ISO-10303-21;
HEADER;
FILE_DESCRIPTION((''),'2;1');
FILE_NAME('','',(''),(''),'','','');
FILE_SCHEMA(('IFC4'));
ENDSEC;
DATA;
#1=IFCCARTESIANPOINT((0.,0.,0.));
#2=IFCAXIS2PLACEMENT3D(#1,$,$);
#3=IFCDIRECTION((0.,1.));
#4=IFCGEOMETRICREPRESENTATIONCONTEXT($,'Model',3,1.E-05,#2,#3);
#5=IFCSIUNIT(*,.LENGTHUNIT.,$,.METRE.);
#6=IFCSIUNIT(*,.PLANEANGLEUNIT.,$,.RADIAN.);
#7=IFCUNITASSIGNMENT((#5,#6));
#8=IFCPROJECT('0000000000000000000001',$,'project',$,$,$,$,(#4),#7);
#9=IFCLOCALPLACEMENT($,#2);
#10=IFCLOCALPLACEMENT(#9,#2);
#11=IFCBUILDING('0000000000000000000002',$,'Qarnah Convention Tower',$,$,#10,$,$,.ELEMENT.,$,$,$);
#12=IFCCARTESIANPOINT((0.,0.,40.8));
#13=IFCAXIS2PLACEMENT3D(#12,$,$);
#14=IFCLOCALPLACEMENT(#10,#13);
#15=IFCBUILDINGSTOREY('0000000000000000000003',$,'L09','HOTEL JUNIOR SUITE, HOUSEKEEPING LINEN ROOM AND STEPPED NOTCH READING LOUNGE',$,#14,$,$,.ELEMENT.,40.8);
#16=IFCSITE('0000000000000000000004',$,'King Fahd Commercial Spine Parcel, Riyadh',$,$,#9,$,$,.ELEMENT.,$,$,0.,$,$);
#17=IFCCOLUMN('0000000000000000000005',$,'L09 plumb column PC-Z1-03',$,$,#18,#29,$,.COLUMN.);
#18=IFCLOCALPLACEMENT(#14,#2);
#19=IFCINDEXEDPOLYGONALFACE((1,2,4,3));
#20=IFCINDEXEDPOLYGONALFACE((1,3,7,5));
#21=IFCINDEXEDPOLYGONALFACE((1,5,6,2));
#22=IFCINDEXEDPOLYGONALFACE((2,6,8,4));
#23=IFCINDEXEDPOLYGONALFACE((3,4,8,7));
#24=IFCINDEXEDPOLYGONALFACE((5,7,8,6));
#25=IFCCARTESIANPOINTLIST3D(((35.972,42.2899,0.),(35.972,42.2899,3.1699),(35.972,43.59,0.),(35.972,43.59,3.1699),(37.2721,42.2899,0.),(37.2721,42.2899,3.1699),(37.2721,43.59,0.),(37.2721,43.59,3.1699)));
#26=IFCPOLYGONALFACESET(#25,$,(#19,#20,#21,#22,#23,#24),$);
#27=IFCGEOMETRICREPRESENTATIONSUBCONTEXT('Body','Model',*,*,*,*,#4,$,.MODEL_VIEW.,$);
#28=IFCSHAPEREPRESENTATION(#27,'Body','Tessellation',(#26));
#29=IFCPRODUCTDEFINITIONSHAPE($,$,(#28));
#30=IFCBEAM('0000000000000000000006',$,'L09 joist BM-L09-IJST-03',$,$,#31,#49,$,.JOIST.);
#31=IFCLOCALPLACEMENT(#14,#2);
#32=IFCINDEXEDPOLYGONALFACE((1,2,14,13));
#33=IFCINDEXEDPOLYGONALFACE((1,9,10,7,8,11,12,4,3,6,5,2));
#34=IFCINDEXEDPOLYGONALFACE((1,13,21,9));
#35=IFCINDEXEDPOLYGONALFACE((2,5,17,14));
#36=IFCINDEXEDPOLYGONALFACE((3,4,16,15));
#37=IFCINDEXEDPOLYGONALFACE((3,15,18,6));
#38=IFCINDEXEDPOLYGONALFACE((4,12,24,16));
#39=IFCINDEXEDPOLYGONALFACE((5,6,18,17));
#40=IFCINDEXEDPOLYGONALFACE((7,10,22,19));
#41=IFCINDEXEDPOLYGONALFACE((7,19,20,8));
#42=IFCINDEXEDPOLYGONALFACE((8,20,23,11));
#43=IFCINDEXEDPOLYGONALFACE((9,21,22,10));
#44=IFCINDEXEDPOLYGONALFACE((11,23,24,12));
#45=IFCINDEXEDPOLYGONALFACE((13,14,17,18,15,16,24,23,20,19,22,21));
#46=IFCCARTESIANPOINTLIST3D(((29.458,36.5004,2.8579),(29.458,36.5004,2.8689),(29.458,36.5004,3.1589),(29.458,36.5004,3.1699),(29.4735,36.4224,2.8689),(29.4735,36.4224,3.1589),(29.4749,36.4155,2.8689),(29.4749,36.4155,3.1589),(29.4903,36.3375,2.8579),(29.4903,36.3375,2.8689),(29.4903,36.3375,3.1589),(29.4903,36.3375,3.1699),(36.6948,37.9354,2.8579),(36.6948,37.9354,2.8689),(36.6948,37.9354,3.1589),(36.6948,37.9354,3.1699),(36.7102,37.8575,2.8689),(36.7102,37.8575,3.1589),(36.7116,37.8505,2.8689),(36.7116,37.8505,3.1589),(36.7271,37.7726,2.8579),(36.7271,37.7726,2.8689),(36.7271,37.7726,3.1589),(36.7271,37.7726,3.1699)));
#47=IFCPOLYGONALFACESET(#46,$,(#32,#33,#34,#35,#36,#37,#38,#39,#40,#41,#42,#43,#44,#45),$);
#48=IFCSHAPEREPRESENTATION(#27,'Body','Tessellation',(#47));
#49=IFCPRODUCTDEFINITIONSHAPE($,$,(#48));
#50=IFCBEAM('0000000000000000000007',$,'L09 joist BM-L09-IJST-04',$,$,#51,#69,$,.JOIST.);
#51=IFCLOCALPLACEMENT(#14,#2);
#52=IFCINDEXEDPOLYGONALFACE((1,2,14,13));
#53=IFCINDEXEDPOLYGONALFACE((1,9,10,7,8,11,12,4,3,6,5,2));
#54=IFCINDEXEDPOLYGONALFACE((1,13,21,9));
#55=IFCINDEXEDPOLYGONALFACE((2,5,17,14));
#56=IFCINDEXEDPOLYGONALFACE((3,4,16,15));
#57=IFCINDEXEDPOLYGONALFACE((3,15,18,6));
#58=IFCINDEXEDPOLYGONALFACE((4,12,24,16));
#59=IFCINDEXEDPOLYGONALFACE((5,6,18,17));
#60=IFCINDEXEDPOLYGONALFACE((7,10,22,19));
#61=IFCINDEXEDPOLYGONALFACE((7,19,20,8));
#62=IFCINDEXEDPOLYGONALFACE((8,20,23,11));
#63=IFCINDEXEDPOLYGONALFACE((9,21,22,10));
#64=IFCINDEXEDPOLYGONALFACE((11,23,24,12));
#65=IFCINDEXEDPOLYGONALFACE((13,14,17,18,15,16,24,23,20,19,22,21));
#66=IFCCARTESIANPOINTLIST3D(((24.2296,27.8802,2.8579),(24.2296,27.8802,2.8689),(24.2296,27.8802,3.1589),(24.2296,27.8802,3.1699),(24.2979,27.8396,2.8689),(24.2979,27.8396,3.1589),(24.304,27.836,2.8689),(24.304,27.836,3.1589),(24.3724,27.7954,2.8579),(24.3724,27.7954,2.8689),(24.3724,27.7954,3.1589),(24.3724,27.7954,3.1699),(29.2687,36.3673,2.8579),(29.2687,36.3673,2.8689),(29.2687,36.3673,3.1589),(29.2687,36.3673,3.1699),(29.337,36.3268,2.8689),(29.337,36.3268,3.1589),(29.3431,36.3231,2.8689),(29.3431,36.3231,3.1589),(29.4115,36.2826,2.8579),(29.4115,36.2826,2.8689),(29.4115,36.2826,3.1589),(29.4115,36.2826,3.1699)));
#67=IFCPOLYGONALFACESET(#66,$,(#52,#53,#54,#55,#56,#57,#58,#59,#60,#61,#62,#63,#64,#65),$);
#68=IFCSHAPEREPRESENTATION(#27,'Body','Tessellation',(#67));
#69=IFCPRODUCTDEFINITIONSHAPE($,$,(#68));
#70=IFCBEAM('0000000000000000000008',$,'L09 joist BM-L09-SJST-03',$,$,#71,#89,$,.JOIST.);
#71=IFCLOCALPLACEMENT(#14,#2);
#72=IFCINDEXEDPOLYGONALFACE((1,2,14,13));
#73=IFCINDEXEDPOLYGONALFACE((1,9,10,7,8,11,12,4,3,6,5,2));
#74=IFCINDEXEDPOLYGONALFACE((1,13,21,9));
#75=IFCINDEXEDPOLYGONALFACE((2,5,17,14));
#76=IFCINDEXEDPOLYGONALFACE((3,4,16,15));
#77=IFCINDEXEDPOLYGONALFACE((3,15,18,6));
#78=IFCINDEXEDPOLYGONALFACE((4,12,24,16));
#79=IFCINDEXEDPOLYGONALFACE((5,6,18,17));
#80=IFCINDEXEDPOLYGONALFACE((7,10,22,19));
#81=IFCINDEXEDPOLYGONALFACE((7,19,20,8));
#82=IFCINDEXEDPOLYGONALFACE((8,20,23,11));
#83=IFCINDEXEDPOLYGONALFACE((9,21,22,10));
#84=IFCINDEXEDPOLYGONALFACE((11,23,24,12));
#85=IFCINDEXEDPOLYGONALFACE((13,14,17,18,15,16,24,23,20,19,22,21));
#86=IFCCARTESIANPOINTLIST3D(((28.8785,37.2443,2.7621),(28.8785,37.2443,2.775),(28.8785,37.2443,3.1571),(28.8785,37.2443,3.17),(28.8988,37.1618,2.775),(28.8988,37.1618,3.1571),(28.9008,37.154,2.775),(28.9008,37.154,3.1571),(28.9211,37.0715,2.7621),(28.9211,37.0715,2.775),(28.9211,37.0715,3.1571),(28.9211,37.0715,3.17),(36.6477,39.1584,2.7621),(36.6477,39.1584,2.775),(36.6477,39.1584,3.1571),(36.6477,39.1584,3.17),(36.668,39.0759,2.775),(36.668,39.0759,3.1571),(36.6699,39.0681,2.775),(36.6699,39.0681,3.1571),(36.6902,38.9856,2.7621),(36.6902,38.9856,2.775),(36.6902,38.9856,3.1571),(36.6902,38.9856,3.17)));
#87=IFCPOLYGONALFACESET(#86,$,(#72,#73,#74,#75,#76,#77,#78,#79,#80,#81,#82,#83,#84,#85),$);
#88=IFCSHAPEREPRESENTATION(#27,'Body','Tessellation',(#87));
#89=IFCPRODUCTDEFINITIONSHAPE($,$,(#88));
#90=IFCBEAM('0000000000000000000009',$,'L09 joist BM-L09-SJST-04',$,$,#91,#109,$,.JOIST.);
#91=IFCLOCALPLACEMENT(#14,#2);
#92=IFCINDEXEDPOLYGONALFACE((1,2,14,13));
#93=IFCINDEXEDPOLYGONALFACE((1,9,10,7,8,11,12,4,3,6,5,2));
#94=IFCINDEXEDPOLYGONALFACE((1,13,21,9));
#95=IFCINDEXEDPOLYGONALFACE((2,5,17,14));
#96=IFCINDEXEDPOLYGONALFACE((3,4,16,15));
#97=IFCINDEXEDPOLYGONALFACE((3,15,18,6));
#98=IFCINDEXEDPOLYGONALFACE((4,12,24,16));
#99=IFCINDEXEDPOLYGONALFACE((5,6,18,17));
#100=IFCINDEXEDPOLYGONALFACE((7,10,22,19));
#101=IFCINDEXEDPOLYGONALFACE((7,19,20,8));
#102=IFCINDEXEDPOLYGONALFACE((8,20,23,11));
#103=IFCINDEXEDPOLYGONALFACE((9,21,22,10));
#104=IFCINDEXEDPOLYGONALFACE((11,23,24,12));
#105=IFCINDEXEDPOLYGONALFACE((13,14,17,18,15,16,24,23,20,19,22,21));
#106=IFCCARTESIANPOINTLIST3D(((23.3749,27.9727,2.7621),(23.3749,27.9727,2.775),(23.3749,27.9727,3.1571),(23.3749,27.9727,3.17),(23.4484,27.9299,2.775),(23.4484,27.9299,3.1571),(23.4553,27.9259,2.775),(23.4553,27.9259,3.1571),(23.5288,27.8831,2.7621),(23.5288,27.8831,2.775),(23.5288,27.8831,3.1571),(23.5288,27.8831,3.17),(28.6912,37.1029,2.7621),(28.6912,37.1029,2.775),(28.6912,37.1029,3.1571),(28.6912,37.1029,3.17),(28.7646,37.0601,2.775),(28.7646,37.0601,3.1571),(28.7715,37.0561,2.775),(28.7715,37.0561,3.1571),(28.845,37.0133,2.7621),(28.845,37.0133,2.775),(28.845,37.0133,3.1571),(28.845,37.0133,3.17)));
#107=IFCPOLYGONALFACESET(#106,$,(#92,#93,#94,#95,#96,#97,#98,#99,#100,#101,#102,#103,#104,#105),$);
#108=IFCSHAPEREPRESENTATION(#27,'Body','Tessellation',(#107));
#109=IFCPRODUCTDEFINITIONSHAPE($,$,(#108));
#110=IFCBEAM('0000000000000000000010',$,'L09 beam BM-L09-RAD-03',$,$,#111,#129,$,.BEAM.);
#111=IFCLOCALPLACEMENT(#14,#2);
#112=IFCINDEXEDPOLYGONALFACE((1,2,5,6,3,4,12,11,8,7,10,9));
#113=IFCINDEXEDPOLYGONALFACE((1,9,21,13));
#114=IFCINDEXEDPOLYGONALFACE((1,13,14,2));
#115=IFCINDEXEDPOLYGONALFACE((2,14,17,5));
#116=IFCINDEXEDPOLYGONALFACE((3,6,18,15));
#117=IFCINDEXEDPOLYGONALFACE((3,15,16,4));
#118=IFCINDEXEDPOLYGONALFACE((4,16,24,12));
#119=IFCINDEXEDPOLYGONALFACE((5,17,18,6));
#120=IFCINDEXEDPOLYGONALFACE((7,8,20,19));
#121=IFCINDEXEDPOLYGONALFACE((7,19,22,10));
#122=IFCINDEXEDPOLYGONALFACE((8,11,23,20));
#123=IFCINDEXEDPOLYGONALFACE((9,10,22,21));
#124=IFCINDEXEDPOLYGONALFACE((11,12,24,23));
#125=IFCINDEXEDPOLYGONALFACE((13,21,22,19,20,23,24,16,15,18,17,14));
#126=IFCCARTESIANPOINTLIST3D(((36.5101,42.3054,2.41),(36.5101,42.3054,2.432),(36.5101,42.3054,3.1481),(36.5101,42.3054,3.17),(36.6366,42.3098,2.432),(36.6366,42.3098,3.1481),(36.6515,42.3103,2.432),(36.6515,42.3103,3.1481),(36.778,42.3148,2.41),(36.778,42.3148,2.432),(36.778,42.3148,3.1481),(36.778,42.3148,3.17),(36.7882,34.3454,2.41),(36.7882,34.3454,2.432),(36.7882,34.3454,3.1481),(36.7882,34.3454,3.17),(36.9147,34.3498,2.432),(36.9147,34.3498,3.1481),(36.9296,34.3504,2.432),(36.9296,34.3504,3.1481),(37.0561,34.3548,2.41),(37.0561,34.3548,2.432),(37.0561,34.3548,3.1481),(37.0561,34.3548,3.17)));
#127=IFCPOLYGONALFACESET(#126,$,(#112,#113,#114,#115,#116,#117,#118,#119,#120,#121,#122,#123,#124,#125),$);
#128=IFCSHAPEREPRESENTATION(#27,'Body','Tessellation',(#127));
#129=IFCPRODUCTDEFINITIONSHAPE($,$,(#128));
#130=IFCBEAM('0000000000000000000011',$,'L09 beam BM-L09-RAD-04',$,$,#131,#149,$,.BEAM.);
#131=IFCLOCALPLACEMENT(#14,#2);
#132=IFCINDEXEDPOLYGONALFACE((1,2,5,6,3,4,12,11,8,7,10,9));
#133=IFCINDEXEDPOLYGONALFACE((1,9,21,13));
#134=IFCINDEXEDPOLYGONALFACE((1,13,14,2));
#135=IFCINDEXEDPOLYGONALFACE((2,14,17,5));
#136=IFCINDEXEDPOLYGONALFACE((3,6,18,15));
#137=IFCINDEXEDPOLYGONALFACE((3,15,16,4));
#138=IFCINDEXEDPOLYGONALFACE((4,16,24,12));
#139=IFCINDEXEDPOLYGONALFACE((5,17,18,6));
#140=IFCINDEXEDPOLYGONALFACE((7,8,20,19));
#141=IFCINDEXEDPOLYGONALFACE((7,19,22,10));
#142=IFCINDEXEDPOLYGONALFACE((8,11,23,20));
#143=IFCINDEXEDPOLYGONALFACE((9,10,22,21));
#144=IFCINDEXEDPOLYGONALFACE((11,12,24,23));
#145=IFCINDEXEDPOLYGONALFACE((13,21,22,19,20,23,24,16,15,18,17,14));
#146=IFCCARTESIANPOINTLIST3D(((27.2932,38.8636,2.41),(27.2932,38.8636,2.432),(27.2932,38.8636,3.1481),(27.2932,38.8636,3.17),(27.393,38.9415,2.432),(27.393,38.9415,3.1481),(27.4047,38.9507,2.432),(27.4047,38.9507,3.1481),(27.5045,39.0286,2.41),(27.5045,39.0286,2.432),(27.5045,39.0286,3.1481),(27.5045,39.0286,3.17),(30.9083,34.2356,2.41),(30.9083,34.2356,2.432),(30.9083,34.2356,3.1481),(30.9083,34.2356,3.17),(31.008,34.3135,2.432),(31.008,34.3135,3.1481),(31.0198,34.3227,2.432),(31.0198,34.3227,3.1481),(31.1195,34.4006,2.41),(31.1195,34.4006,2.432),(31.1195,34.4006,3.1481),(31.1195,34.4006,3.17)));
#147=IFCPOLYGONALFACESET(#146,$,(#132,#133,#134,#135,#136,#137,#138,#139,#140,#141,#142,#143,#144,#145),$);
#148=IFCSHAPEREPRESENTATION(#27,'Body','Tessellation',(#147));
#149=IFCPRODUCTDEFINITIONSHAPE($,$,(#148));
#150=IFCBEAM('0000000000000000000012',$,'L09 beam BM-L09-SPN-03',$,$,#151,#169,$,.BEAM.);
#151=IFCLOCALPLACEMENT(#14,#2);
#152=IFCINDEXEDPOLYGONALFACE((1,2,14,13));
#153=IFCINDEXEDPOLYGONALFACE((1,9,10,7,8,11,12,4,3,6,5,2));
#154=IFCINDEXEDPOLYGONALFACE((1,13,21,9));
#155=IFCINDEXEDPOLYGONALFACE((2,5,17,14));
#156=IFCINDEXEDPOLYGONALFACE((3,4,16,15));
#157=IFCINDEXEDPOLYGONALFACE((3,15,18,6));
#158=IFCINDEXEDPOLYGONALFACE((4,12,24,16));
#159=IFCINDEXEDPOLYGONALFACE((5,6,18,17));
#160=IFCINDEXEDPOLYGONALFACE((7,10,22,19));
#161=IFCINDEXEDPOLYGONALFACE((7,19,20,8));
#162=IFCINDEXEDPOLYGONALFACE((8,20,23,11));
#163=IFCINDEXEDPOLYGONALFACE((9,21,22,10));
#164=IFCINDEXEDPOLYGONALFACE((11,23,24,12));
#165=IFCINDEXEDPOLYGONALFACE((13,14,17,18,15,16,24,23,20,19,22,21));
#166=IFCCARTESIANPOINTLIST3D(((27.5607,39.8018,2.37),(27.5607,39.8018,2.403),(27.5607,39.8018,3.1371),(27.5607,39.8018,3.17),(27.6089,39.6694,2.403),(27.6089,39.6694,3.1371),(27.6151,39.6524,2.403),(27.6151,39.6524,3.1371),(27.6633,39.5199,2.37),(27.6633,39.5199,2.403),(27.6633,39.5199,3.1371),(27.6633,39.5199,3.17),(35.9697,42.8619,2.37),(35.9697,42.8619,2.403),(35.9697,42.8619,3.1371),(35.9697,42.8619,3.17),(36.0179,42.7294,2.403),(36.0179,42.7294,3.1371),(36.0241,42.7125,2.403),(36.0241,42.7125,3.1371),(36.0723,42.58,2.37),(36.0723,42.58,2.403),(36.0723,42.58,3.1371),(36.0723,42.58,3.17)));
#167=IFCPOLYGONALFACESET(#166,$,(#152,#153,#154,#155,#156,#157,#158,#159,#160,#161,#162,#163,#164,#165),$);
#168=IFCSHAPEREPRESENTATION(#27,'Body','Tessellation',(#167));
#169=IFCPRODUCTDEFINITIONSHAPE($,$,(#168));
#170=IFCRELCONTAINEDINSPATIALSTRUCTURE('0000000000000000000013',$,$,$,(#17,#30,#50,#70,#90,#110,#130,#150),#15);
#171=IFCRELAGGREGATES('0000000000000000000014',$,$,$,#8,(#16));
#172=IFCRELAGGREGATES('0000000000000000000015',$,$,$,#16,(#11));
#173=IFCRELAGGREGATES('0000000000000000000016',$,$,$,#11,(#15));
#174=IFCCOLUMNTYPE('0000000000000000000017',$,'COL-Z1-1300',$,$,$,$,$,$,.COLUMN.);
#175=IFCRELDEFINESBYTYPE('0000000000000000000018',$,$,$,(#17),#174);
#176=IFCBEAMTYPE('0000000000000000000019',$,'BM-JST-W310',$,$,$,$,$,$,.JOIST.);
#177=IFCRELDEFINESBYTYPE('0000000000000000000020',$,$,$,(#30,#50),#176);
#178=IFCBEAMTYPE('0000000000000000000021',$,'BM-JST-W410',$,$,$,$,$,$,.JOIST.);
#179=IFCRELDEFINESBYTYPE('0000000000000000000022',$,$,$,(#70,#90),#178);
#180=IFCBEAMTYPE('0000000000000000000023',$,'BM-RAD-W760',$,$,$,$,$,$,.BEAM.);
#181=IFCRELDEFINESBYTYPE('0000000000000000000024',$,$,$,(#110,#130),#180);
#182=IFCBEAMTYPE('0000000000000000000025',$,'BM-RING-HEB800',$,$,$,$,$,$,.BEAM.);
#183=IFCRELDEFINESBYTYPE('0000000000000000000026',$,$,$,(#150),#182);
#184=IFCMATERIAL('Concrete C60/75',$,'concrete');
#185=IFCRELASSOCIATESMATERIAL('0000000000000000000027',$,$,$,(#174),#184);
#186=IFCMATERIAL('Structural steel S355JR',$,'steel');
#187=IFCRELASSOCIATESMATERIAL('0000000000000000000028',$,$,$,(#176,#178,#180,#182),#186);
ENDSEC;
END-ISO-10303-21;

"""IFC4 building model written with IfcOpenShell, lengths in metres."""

from ifc_helpers import new_model, si_unit, direction, frame, origin, origin_2d, place, context, subcontext, project, spatial, rectangle, i_section, extrude, material, material_profile, profile_set, type_object, element, save


model = new_model("IFC4")

# Units and contexts
model_context = context("Model", 3, precision=1e-05, world=origin(), true_north=direction((0.0, 1.0)))
body_context = subcontext(model_context, "Body", "Model", "MODEL_VIEW")
ifc_project = project(units=[si_unit("LENGTHUNIT", "METRE"), si_unit("PLANEANGLEUNIT", "RADIAN")], contexts=[model_context])

# Site, building, storey
site_placement = place(None, origin())
site = spatial("IfcSite", under=ifc_project, at=site_placement, Name="King Fahd Commercial Spine Parcel, Riyadh", CompositionType="ELEMENT", RefElevation=0.0)
building_placement = place(site_placement, origin())
building = spatial("IfcBuilding", under=site, at=building_placement, Name="Qarnah Convention Tower", CompositionType="ELEMENT")
storey_placement = place(building_placement, frame((0.0, 0.0, 40.8)))
storey = spatial("IfcBuildingStorey", under=building, at=storey_placement, Name="L09", Description="HOTEL JUNIOR SUITE, HOUSEKEEPING LINEN ROOM AND STEPPED NOTCH READING LOUNGE", CompositionType="ELEMENT", Elevation=40.8)

# Column
ifc_material_1 = material(Name="Concrete C60/75", Category="concrete")
ifc_material_profile_1 = material_profile(ifc_material_1, rectangle(XDim=1.3, YDim=1.3, at=origin_2d()), Name="RC-COL-1300X1300")
ifc_profile_set_1 = profile_set([ifc_material_profile_1], Name="Concrete C60/75")
column_type = type_object("IfcColumnType", Name="COL-Z1-1300", PredefinedType="COLUMN", material=ifc_profile_set_1)
column_placement = place(storey_placement, frame((36.6221, 42.9399, 0.0), z_axis=(0.0, 0.0, 1.0), x_axis=(1.0, 0.0, 0.0)))
element("IfcColumn", 1, at=column_placement, inside=storey, type_object=column_type, Name="L09 plumb column PC-Z1-03", PredefinedType="COLUMN", context=body_context, shape_type="SweptSolid", body=[
    extrude(rectangle(XDim=1.3, YDim=1.3, at=origin_2d()), origin(), (0.0, 0.0, 1.0), 3.1699),
])

# Beams
ifc_material_2 = material(Name="Structural steel S355JR", Category="steel")
ifc_material_profile_2 = material_profile(ifc_material_2, i_section(OverallWidth=0.166, OverallDepth=0.312, WebThickness=0.0071, FlangeThickness=0.011, at=origin_2d()), Name="W310X45")
ifc_profile_set_2 = profile_set([ifc_material_profile_2], Name="Structural steel S355JR")
beam_type_1 = type_object("IfcBeamType", Name="BM-JST-W310", PredefinedType="JOIST", material=ifc_profile_set_2)
beam_1_placement = place(storey_placement, frame((36.7109, 37.854, 3.0139), z_axis=(-0.9809, -0.194512, 0.0), x_axis=(0.194512, -0.9809, 0.0)))
element("IfcBeam", 2, at=beam_1_placement, inside=storey, type_object=beam_type_1, Name="L09 joist BM-L09-IJST-03", PredefinedType="JOIST", context=body_context, shape_type="SweptSolid", body=[
    extrude(i_section(OverallWidth=0.166, OverallDepth=0.312, WebThickness=0.0071, FlangeThickness=0.011, at=origin_2d()), origin(), (0.0, 0.0, 1.0), 7.3777),
])
beam_2_placement = place(storey_placement, frame((29.3401, 36.325, 3.0139), z_axis=(-0.510529, -0.859861, 0.0), x_axis=(0.859861, -0.510529, 0.0)))
element("IfcBeam", 3, at=beam_2_placement, inside=storey, type_object=beam_type_1, Name="L09 joist BM-L09-IJST-04", PredefinedType="JOIST", context=body_context, shape_type="SweptSolid", body=[
    extrude(i_section(OverallWidth=0.166, OverallDepth=0.312, WebThickness=0.0071, FlangeThickness=0.011, at=origin_2d()), origin(), (0.0, 0.0, 1.0), 9.8704),
])
ifc_material_profile_3 = material_profile(ifc_material_2, i_section(OverallWidth=0.178, OverallDepth=0.408, WebThickness=0.0081, FlangeThickness=0.0129, at=origin_2d()), Name="W410X60")
ifc_profile_set_3 = profile_set([ifc_material_profile_3], Name="Structural steel S355JR")
beam_type_2 = type_object("IfcBeamType", Name="BM-JST-W410", PredefinedType="JOIST", material=ifc_profile_set_3)
beam_3_placement = place(storey_placement, frame((36.6689, 39.072, 2.9661), z_axis=(-0.970966, -0.239217, 0.0), x_axis=(0.239217, -0.970966, 0.0)))
element("IfcBeam", 4, at=beam_3_placement, inside=storey, type_object=beam_type_2, Name="L09 joist BM-L09-SJST-03", PredefinedType="JOIST", context=body_context, shape_type="SweptSolid", body=[
    extrude(i_section(OverallWidth=0.178, OverallDepth=0.408, WebThickness=0.0081, FlangeThickness=0.0129, at=origin_2d()), origin(), (0.0, 0.0, 1.0), 8.0015),
])
beam_4_placement = place(storey_placement, frame((28.7681, 37.0581, 2.9661), z_axis=(-0.503183, -0.86418, 0.0), x_axis=(0.86418, -0.503183, 0.0)))
element("IfcBeam", 5, at=beam_4_placement, inside=storey, type_object=beam_type_2, Name="L09 joist BM-L09-SJST-04", PredefinedType="JOIST", context=body_context, shape_type="SweptSolid", body=[
    extrude(i_section(OverallWidth=0.178, OverallDepth=0.408, WebThickness=0.0081, FlangeThickness=0.0129, at=origin_2d()), origin(), (0.0, 0.0, 1.0), 10.5652),
])
ifc_material_profile_4 = material_profile(ifc_material_2, i_section(OverallWidth=0.2681, OverallDepth=0.76, WebThickness=0.0149, FlangeThickness=0.022, at=origin_2d()), Name="W760X185")
ifc_profile_set_4 = profile_set([ifc_material_profile_4], Name="Structural steel S355JR")
beam_type_3 = type_object("IfcBeamType", Name="BM-RAD-W760", PredefinedType="BEAM", material=ifc_profile_set_4)
beam_5_placement = place(storey_placement, frame((36.9221, 34.3501, 2.79), z_axis=(-0.034913, 0.99939, 0.0), x_axis=(-0.99939, -0.034913, 0.0)))
element("IfcBeam", 6, at=beam_5_placement, inside=storey, type_object=beam_type_3, Name="L09 beam BM-L09-RAD-03", PredefinedType="BEAM", context=body_context, shape_type="SweptSolid", body=[
    extrude(i_section(OverallWidth=0.2681, OverallDepth=0.76, WebThickness=0.0149, FlangeThickness=0.022, at=origin_2d()), origin(), (0.0, 0.0, 1.0), 7.9648),
])
beam_6_placement = place(storey_placement, frame((31.0139, 34.3181, 2.79), z_axis=(-0.615583, 0.788072, 0.0), x_axis=(-0.788072, -0.615583, 0.0)))
element("IfcBeam", 7, at=beam_6_placement, inside=storey, type_object=beam_type_3, Name="L09 beam BM-L09-RAD-04", PredefinedType="BEAM", context=body_context, shape_type="SweptSolid", body=[
    extrude(i_section(OverallWidth=0.2681, OverallDepth=0.76, WebThickness=0.0149, FlangeThickness=0.022, at=origin_2d()), origin(), (0.0, 0.0, 1.0), 5.8726),
])
ifc_material_profile_5 = material_profile(ifc_material_2, i_section(OverallWidth=0.3, OverallDepth=0.8, WebThickness=0.0181, FlangeThickness=0.033, at=origin_2d()), Name="HEB800")
ifc_profile_set_5 = profile_set([ifc_material_profile_5], Name="Structural steel S355JR")
beam_type_4 = type_object("IfcBeamType", Name="BM-RING-HEB800", PredefinedType="BEAM", material=ifc_profile_set_5)
beam_7_placement = place(storey_placement, frame((36.021, 42.7209, 2.77), z_axis=(-0.939712, -0.341966, 0.0), x_axis=(0.341966, -0.939712, 0.0)))
element("IfcBeam", 8, at=beam_7_placement, inside=storey, type_object=beam_type_4, Name="L09 beam BM-L09-SPN-03", PredefinedType="BEAM", context=body_context, shape_type="SweptSolid", body=[
    extrude(i_section(OverallWidth=0.3, OverallDepth=0.8, WebThickness=0.0181, FlangeThickness=0.033, at=origin_2d()), origin(), (0.0, 0.0, 1.0), 8.9485),
])

save(model, "model.ifc")
